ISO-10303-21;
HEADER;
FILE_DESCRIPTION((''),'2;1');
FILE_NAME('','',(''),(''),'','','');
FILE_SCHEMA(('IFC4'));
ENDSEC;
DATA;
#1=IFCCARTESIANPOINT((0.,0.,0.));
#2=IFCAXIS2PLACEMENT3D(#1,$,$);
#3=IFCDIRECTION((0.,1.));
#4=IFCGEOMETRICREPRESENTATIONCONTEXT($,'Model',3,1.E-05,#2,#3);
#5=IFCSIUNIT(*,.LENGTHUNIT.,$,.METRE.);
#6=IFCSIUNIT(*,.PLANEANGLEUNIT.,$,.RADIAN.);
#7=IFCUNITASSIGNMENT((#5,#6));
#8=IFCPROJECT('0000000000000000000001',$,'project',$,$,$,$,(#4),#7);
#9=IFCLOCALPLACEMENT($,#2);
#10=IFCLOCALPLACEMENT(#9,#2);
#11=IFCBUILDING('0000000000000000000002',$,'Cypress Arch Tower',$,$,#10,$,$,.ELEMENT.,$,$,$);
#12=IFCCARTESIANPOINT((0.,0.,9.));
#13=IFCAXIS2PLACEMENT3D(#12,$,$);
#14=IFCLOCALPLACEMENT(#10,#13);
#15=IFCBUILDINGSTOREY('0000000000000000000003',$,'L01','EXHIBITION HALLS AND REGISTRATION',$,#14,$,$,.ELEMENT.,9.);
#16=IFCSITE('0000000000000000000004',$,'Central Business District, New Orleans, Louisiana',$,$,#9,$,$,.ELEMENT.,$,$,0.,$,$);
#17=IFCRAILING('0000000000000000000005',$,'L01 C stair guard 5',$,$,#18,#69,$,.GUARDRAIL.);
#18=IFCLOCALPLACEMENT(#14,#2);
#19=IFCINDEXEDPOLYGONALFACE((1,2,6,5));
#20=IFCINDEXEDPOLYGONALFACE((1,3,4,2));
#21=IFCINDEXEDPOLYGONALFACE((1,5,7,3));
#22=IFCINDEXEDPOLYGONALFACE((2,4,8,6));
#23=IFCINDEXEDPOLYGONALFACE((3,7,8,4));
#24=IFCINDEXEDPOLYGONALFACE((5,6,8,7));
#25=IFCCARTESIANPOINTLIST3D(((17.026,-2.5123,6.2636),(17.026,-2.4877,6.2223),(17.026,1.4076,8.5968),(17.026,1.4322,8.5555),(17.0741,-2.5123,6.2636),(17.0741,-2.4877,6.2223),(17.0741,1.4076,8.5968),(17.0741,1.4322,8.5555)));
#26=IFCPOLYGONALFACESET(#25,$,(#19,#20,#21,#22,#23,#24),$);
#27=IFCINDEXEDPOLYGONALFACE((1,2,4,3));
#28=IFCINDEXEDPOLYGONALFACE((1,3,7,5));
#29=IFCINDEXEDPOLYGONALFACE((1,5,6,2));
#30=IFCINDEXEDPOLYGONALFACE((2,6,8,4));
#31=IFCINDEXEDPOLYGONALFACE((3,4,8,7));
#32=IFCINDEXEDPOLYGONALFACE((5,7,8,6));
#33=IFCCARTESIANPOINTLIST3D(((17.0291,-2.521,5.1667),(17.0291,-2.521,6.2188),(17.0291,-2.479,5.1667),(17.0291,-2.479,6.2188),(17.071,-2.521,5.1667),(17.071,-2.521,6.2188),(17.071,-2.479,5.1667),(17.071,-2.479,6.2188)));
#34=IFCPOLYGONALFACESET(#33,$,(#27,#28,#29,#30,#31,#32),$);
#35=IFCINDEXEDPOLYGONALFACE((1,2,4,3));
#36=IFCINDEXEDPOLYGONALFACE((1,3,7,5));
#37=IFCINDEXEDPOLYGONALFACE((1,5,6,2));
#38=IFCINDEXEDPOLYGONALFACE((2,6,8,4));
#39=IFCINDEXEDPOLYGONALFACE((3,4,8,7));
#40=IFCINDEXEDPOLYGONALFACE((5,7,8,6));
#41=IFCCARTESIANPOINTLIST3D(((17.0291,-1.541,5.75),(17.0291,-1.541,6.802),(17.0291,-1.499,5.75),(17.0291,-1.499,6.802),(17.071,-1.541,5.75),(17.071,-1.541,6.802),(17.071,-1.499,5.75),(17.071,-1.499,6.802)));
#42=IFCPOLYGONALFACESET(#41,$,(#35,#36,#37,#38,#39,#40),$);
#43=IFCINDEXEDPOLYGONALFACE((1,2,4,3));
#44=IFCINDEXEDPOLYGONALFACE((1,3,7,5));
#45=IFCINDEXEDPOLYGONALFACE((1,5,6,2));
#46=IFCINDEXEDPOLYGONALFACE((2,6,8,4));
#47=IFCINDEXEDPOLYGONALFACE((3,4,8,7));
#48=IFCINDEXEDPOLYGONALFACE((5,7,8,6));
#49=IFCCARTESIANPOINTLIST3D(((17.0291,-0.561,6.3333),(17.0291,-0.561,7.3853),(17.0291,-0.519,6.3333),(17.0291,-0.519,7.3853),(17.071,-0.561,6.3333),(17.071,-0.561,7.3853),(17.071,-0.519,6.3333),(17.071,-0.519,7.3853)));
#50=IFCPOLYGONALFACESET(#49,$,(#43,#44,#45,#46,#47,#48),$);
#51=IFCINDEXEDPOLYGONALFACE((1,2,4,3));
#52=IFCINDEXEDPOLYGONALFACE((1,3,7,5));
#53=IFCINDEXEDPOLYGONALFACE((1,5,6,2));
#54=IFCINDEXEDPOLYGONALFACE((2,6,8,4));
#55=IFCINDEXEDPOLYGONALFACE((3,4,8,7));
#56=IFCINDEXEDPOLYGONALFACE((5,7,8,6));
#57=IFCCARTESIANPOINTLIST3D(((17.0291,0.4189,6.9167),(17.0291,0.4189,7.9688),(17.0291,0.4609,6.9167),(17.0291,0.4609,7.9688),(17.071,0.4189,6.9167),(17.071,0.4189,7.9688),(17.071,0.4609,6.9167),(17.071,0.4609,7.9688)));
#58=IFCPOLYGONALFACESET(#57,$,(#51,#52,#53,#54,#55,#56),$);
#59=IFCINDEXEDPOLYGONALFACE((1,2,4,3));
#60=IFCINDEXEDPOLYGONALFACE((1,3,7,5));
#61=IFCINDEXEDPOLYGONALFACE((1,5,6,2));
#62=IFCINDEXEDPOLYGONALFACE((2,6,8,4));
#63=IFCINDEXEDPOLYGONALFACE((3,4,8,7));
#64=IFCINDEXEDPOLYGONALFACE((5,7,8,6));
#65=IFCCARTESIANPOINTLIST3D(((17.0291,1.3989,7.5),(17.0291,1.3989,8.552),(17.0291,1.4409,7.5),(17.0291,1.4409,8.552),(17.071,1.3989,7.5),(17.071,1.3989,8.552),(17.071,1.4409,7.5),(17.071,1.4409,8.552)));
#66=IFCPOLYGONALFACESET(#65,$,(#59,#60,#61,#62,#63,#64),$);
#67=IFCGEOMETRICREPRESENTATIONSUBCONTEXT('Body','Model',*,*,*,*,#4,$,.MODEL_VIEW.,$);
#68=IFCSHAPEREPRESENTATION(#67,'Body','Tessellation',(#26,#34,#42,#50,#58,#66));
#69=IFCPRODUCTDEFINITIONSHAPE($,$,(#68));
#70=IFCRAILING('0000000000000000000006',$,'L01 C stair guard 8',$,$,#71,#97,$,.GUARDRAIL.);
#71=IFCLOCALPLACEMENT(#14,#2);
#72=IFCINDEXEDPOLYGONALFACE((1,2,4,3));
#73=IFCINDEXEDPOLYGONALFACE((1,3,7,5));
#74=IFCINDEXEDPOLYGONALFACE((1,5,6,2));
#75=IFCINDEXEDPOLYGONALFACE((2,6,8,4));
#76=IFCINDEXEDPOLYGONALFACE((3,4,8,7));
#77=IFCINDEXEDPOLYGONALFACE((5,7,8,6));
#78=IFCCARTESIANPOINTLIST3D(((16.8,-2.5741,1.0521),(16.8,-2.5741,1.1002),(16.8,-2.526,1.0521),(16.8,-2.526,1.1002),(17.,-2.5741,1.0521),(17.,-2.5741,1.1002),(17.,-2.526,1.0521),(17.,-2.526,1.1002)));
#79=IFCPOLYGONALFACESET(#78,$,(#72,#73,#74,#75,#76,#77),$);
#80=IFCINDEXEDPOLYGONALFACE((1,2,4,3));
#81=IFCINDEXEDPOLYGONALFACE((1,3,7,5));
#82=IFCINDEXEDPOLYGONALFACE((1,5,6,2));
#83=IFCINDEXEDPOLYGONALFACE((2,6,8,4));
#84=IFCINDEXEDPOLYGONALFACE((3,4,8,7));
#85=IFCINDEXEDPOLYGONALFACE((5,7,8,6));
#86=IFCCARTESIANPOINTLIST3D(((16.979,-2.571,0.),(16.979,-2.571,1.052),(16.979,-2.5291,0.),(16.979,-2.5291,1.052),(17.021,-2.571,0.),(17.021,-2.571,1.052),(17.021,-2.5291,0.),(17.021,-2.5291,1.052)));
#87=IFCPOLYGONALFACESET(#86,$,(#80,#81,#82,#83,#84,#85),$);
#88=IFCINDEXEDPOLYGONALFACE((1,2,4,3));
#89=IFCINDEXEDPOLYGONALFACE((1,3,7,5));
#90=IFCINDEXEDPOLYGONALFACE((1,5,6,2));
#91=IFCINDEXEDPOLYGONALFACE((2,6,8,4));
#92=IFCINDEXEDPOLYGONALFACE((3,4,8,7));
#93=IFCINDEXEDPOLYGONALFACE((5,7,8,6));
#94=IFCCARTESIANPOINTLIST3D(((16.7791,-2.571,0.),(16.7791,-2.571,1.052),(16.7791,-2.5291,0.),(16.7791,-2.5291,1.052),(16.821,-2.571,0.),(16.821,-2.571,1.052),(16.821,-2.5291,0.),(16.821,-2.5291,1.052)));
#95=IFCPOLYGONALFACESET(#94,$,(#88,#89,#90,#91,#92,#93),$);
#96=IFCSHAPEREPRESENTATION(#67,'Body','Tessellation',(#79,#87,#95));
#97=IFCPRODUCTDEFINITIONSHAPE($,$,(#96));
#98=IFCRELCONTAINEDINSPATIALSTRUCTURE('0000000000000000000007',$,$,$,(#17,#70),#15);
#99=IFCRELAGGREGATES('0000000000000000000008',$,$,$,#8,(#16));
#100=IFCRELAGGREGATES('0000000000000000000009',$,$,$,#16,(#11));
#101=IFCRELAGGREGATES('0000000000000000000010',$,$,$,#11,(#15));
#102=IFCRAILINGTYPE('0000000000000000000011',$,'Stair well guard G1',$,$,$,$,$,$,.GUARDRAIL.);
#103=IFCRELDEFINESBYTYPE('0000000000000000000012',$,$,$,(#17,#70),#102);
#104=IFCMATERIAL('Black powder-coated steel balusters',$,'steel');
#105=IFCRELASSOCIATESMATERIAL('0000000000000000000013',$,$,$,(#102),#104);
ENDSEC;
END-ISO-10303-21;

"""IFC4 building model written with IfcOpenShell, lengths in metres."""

from ifc_helpers import new_model, si_unit, direction, frame, origin, origin_2d, place, context, subcontext, project, spatial, rectangle, extrude, material, type_object, element, save


model = new_model("IFC4")

# Units and contexts
model_context = context("Model", 3, precision=1e-05, world=origin(), true_north=direction((0.0, 1.0)))
body_context = subcontext(model_context, "Body", "Model", "MODEL_VIEW")
ifc_project = project(units=[si_unit("LENGTHUNIT", "METRE"), si_unit("PLANEANGLEUNIT", "RADIAN")], contexts=[model_context])

# Site, building, storey
site_placement = place(None, origin())
site = spatial("IfcSite", under=ifc_project, at=site_placement, Name="Central Business District, New Orleans, Louisiana", CompositionType="ELEMENT", RefElevation=0.0)
building_placement = place(site_placement, origin())
building = spatial("IfcBuilding", under=site, at=building_placement, Name="Cypress Arch Tower", CompositionType="ELEMENT")
storey_placement = place(building_placement, frame((0.0, 0.0, 9.0)))
storey = spatial("IfcBuildingStorey", under=building, at=storey_placement, Name="L01", Description="EXHIBITION HALLS AND REGISTRATION", CompositionType="ELEMENT", Elevation=9.0)

# Railings
ifc_material_1 = material(Name="Black powder-coated steel balusters", Category="steel")
railing_type_1 = type_object("IfcRailingType", Name="Stair well guard G1", PredefinedType="GUARDRAIL", material=ifc_material_1)
railing_1_placement = place(storey_placement, frame((17.05, -2.5, 5.1667)))
element("IfcRailing", 1, at=railing_1_placement, inside=storey, type_object=railing_type_1, Name="L01 C stair guard 5", PredefinedType="GUARDRAIL", context=body_context, shape_type="SweptSolid", body=[
    extrude(rectangle(XDim=0.0481, YDim=0.0481, at=origin_2d()), frame((0.0, 0.0, 1.0762), z_axis=(0.0, 0.859296, 0.511478), x_axis=(-1.0, 0.0, 0.0)), (0.0, 0.0, 1.0), 4.5618),
    extrude(rectangle(XDim=0.042, YDim=0.042, at=origin_2d()), origin(), (0.0, 0.0, 1.0), 1.052),
    extrude(rectangle(XDim=0.042, YDim=0.042, at=origin_2d()), frame((0.0, 0.98, 0.5833)), (0.0, 0.0, 1.0), 1.052),
    extrude(rectangle(XDim=0.042, YDim=0.042, at=origin_2d()), frame((0.0, 1.96, 1.1665)), (0.0, 0.0, 1.0), 1.052),
    extrude(rectangle(XDim=0.042, YDim=0.042, at=origin_2d()), frame((0.0, 2.9399, 1.75)), (0.0, 0.0, 1.0), 1.052),
    extrude(rectangle(XDim=0.042, YDim=0.042, at=origin_2d()), frame((0.0, 3.9199, 2.3333)), (0.0, 0.0, 1.0), 1.052),
])
railing_2_placement = place(storey_placement, frame((17.0, -2.55, 0.0)))
element("IfcRailing", 2, at=railing_2_placement, inside=storey, type_object=railing_type_1, Name="L01 C stair guard 8", PredefinedType="GUARDRAIL", context=body_context, shape_type="SweptSolid", body=[
    extrude(rectangle(XDim=0.0481, YDim=0.0481, at=origin_2d()), frame((0.0, 0.0, 1.0762), z_axis=(-1.0, 0.0, 0.0), x_axis=(0.0, -1.0, 0.0)), (0.0, 0.0, 1.0), 0.2),
    extrude(rectangle(XDim=0.042, YDim=0.042, at=origin_2d()), origin(), (0.0, 0.0, 1.0), 1.052),
    extrude(rectangle(XDim=0.042, YDim=0.042, at=origin_2d()), frame((-0.2, 0.0, 0.0)), (0.0, 0.0, 1.0), 1.052),
])

save(model, "model.ifc")
